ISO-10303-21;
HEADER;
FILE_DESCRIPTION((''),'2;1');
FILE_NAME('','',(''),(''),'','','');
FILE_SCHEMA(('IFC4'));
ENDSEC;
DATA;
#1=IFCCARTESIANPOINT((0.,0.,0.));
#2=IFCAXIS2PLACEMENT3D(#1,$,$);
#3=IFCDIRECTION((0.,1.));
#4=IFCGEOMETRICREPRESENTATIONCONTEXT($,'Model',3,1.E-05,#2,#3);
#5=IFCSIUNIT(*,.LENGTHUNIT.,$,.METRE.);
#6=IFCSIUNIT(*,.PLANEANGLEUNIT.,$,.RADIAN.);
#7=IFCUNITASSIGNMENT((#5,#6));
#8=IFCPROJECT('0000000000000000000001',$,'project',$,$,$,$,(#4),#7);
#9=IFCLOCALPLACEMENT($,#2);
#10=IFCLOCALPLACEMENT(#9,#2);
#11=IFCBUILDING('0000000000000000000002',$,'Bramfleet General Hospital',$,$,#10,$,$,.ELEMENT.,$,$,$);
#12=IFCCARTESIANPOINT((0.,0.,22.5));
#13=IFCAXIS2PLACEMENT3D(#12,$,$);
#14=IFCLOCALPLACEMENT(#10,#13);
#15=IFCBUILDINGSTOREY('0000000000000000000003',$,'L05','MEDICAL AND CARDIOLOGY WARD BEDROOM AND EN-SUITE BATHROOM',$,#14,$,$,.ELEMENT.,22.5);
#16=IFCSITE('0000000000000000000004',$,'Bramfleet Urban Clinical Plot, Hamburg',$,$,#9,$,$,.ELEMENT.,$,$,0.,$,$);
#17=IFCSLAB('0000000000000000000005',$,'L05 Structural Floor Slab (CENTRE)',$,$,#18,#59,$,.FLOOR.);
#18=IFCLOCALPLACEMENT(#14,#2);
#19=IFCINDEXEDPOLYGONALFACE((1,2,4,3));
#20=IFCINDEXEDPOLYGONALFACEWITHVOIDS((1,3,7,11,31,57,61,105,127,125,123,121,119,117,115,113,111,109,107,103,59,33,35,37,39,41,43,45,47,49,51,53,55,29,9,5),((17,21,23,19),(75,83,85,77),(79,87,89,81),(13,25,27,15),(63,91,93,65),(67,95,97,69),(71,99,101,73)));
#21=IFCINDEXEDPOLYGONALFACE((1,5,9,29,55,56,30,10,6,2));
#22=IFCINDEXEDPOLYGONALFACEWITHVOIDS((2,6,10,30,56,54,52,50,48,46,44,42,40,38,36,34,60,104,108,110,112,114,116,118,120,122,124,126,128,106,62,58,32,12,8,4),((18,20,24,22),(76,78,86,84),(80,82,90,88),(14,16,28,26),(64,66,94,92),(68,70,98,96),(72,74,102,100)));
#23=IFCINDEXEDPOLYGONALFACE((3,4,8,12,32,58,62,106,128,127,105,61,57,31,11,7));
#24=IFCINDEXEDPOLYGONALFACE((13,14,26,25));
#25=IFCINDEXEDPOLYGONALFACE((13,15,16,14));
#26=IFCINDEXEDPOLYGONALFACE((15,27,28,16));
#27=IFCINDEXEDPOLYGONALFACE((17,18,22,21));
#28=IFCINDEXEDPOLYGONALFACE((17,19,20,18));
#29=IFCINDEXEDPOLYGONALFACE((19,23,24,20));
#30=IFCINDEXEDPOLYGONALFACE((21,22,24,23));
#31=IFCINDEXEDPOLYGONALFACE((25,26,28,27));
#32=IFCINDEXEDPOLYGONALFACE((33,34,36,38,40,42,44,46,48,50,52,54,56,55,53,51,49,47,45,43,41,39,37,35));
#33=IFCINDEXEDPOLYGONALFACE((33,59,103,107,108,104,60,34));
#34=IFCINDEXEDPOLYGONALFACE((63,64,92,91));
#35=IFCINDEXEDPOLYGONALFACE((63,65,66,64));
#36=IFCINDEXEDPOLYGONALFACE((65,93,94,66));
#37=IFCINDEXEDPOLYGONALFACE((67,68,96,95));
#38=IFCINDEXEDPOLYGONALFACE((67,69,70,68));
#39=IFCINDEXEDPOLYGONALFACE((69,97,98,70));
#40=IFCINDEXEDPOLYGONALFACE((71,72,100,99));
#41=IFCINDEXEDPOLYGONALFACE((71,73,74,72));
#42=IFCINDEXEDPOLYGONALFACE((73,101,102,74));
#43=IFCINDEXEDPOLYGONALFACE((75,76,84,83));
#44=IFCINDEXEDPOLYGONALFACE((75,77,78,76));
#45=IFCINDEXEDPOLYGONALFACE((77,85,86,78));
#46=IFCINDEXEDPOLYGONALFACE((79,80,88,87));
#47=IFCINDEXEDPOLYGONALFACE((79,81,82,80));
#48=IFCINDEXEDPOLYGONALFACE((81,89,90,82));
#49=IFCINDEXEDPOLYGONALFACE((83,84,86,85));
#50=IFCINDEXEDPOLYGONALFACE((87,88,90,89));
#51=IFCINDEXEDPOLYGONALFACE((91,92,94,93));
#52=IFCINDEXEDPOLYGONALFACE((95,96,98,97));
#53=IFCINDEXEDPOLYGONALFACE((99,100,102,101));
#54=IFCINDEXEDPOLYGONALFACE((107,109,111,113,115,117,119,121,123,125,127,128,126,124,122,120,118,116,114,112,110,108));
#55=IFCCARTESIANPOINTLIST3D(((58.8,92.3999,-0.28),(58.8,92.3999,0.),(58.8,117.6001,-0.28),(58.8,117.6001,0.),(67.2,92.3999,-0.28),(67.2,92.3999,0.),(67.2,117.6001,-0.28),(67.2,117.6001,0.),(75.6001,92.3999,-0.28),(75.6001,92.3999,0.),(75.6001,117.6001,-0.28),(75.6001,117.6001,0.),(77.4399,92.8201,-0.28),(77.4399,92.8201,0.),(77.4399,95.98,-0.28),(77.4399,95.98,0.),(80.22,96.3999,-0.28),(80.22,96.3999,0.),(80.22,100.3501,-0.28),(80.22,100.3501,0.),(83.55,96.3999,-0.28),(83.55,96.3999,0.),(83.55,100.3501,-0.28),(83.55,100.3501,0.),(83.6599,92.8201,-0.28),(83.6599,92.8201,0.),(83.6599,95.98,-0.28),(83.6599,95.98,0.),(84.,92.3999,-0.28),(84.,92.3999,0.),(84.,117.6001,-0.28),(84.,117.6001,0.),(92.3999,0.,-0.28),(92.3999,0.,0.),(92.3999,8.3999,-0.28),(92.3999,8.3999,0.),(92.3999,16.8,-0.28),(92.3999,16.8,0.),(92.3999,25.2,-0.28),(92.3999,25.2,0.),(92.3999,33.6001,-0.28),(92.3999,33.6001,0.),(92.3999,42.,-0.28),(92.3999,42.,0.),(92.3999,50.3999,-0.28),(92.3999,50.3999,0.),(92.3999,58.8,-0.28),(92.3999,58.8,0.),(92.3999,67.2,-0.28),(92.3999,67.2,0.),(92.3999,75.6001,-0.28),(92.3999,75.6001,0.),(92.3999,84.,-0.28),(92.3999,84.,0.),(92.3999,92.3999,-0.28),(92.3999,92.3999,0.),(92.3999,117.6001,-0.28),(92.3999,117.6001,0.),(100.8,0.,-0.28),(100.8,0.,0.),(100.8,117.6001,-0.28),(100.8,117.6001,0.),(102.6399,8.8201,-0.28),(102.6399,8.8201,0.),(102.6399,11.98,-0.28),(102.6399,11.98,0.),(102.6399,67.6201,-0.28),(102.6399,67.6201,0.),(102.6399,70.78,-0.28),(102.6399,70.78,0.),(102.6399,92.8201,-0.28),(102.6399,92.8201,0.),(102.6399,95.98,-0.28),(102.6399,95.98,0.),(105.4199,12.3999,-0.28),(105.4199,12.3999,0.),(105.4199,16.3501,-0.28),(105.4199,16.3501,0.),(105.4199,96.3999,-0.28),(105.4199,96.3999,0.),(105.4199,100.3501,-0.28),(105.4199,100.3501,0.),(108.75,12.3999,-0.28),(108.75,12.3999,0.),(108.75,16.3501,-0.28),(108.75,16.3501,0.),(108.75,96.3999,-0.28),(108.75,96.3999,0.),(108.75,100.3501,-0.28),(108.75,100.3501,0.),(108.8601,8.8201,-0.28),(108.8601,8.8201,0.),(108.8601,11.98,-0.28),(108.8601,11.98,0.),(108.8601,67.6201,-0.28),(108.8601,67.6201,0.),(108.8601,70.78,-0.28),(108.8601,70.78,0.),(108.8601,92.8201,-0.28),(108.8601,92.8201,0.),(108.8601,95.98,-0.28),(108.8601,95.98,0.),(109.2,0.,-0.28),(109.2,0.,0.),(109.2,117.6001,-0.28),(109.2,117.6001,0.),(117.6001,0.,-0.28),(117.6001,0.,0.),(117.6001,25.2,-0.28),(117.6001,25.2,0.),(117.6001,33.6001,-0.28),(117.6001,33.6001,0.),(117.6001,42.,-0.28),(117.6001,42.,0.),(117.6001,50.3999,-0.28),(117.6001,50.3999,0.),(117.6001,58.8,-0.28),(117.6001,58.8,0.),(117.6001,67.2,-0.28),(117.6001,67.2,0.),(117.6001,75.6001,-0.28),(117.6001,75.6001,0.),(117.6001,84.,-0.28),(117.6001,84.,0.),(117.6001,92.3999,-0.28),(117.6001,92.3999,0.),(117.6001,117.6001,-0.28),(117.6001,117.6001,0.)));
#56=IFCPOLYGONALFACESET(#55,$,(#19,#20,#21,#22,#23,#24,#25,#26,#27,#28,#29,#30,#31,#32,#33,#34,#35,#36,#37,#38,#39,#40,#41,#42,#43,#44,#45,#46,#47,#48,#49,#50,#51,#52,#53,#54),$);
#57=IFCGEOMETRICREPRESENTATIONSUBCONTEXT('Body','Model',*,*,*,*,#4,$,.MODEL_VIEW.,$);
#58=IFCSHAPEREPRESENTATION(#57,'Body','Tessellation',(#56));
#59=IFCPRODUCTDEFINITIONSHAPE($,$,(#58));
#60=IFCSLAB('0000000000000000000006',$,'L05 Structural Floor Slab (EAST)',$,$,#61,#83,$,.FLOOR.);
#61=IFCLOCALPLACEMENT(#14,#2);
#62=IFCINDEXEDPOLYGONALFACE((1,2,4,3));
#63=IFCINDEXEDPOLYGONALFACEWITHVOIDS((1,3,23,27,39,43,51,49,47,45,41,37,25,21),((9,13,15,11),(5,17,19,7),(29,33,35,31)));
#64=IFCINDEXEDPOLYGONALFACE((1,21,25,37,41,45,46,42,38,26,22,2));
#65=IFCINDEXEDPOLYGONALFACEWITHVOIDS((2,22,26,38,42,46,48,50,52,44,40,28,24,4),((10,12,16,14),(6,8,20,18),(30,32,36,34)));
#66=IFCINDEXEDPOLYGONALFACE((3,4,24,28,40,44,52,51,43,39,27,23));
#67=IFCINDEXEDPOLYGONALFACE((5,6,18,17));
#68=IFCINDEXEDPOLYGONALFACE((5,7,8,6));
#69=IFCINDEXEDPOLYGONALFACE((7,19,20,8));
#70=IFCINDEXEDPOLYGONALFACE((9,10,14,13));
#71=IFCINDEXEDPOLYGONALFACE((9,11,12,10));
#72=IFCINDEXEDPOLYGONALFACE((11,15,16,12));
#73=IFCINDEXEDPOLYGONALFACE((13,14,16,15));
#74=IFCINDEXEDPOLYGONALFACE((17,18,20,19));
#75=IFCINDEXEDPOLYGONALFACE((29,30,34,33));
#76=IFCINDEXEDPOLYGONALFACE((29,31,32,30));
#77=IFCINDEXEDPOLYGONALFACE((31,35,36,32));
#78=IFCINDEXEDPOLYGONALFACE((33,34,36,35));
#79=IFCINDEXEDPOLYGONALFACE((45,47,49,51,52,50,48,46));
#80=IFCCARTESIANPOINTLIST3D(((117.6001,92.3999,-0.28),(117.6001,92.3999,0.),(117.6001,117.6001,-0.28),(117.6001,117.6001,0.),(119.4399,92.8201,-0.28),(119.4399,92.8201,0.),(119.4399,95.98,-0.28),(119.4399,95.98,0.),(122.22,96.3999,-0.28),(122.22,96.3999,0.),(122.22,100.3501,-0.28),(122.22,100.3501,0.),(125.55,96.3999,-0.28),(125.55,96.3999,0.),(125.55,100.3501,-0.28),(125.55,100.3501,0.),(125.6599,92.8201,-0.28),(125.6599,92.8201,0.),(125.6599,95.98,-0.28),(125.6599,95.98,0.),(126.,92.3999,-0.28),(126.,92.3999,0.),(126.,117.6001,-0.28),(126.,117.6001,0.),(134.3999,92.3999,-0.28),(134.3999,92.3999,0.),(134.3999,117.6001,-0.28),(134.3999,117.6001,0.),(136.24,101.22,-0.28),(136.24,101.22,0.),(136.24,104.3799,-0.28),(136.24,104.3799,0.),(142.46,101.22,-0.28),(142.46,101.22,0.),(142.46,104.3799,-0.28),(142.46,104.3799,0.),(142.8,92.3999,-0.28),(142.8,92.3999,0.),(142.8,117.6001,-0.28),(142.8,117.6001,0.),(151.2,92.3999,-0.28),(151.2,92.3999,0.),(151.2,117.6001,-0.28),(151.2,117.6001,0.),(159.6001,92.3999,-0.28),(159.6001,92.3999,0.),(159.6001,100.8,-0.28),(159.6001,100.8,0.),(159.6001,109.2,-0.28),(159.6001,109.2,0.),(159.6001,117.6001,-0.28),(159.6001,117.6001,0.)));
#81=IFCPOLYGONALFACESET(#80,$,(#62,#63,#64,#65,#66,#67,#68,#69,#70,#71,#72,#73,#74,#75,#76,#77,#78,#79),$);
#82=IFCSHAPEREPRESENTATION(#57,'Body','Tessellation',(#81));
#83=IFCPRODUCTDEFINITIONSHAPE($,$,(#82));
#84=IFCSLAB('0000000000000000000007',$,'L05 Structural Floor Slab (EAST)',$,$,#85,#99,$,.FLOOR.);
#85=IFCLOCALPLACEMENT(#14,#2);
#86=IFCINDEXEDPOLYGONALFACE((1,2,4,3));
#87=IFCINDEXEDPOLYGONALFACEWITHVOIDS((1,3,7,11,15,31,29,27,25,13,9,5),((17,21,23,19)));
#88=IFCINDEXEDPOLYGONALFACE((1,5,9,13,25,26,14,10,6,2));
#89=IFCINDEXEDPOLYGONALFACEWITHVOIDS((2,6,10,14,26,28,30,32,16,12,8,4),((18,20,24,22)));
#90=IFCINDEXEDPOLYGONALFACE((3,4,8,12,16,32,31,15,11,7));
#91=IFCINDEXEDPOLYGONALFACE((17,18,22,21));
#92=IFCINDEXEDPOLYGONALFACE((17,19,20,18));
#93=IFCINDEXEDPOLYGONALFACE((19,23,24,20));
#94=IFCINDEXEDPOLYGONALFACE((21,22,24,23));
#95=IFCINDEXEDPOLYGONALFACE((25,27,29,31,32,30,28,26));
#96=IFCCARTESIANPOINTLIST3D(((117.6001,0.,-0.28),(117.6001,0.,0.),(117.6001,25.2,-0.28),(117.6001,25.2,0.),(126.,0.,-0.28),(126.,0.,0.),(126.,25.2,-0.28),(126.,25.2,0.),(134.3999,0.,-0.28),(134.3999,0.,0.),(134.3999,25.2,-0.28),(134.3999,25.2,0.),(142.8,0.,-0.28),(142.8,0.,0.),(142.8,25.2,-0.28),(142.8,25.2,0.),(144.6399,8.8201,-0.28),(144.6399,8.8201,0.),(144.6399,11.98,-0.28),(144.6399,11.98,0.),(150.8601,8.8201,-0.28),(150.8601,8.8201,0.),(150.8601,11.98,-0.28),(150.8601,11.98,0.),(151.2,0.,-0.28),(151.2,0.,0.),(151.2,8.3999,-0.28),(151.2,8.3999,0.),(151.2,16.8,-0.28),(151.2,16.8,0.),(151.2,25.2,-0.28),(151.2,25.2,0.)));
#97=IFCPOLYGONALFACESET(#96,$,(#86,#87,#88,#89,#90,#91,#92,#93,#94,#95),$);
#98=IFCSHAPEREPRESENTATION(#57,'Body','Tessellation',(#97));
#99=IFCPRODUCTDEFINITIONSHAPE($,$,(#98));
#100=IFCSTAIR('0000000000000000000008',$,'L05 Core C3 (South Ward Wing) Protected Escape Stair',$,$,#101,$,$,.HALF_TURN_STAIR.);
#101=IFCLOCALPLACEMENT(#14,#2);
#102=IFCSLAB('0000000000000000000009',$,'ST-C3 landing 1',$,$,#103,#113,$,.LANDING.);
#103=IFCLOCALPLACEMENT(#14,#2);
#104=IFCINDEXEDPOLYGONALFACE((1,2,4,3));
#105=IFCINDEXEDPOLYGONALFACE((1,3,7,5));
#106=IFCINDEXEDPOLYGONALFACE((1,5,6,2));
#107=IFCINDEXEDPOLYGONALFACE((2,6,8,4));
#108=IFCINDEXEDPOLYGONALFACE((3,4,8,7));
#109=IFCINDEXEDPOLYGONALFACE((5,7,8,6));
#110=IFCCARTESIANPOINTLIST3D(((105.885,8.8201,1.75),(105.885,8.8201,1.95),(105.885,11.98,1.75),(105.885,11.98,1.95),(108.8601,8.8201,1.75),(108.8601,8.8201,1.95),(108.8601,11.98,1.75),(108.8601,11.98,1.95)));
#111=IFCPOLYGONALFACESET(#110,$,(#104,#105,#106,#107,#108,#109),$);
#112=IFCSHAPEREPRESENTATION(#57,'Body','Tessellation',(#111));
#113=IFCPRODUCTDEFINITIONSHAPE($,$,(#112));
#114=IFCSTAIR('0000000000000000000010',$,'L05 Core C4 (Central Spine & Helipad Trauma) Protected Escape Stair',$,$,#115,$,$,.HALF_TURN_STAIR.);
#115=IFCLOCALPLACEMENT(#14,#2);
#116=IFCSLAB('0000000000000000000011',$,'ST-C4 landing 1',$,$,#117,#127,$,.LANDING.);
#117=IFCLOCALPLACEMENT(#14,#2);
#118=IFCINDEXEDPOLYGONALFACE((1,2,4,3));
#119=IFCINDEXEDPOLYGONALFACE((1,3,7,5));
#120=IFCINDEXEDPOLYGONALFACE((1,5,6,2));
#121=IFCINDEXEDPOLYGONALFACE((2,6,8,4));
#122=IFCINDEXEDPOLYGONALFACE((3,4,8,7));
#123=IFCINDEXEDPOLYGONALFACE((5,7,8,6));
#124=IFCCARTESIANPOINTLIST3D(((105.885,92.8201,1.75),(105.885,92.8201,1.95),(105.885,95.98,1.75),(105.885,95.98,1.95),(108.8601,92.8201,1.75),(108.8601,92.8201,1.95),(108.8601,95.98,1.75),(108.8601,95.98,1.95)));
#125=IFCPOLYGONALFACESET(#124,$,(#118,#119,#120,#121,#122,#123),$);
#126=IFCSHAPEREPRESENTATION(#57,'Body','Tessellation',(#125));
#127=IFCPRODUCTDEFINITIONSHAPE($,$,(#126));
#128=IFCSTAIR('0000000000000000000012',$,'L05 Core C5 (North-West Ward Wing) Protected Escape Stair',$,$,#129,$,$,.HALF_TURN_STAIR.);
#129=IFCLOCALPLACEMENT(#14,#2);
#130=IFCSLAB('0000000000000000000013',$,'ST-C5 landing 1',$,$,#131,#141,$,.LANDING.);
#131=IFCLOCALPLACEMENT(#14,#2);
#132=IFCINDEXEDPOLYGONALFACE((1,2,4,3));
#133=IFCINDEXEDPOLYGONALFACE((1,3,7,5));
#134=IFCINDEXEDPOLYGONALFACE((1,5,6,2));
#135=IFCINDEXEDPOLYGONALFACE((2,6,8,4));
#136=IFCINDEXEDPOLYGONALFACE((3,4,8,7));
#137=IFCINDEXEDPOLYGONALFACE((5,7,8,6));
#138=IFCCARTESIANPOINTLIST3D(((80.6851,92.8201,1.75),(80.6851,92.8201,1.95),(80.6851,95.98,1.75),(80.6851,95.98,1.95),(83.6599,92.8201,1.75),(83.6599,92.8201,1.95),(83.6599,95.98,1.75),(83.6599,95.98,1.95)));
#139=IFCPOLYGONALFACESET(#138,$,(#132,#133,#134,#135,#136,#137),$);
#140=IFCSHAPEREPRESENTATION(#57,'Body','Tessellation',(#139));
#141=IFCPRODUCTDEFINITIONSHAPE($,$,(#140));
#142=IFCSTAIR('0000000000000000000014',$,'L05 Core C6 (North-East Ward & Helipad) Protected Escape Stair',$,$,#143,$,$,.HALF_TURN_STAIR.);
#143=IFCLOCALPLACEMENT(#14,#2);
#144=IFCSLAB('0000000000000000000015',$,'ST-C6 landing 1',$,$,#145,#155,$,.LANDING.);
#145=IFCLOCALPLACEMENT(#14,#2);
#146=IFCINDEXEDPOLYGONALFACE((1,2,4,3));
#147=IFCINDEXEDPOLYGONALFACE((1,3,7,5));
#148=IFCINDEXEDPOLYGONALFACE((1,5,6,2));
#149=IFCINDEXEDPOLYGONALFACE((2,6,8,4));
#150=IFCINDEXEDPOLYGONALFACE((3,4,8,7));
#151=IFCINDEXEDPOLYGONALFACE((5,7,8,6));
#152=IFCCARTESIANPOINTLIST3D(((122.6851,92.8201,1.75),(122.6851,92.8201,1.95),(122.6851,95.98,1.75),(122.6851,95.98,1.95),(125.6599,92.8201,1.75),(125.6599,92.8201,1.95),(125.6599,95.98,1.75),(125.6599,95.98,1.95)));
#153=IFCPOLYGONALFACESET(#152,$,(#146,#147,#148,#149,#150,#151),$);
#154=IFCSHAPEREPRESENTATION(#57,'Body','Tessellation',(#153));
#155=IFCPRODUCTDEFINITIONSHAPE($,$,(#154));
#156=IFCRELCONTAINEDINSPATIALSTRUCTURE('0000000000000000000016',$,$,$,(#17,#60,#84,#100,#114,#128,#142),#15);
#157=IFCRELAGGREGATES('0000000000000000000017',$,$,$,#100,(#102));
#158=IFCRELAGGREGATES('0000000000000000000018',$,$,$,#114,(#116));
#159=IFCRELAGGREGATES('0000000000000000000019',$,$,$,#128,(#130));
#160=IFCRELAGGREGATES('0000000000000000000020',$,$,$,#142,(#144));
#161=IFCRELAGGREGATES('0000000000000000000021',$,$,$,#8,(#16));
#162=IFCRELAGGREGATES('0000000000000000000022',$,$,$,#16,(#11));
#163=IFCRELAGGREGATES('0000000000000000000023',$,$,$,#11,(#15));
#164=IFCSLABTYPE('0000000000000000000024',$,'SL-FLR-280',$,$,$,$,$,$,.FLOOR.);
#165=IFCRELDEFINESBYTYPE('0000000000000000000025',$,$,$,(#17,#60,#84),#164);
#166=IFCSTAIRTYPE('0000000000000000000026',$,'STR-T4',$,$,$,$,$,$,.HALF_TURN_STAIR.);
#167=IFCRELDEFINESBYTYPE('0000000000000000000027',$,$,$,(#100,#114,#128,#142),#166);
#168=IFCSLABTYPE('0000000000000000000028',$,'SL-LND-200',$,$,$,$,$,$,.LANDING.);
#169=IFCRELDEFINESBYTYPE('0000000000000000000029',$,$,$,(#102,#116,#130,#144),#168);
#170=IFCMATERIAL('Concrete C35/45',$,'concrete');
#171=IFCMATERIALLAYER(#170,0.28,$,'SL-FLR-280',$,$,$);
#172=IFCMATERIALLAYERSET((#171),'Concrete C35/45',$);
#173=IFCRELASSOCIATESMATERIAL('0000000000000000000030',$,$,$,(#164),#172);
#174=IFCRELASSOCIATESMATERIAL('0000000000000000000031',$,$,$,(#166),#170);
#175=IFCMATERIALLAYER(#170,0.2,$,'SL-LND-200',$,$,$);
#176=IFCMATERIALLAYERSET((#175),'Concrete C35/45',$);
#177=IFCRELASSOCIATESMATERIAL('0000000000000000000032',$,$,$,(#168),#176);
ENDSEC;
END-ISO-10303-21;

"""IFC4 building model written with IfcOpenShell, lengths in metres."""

from ifc_helpers import new_model, si_unit, direction, frame, origin, place, context, subcontext, project, spatial, polyline, outline, extrude, material, layer, layer_set, type_object, element, aggregate, save


model = new_model("IFC4")

# Units and contexts
model_context = context("Model", 3, precision=1e-05, world=origin(), true_north=direction((0.0, 1.0)))
body_context = subcontext(model_context, "Body", "Model", "MODEL_VIEW")
ifc_project = project(units=[si_unit("LENGTHUNIT", "METRE"), si_unit("PLANEANGLEUNIT", "RADIAN")], contexts=[model_context])

# Site, building, storey
site_placement = place(None, origin())
site = spatial("IfcSite", under=ifc_project, at=site_placement, Name="Bramfleet Urban Clinical Plot, Hamburg", CompositionType="ELEMENT", RefElevation=0.0)
building_placement = place(site_placement, origin())
building = spatial("IfcBuilding", under=site, at=building_placement, Name="Bramfleet General Hospital", CompositionType="ELEMENT")
storey_placement = place(building_placement, frame((0.0, 0.0, 22.5)))
storey = spatial("IfcBuildingStorey", under=building, at=storey_placement, Name="L05", Description="MEDICAL AND CARDIOLOGY WARD BEDROOM AND EN-SUITE BATHROOM", CompositionType="ELEMENT", Elevation=22.5)

# Slabs
ifc_material_1 = material(Name="Concrete C35/45", Category="concrete")
ifc_layer_1 = layer(ifc_material_1, 0.28, Name="SL-FLR-280")
ifc_layer_set_1 = layer_set([ifc_layer_1], Name="Concrete C35/45")
slab_type_1 = type_object("IfcSlabType", Name="SL-FLR-280", PredefinedType="FLOOR", material=ifc_layer_set_1)
slab_1_placement = place(storey_placement, frame((0.0, 0.0, -0.28)))
element("IfcSlab", 1, at=slab_1_placement, inside=storey, type_object=slab_type_1, Name="L05 Structural Floor Slab (CENTRE)", PredefinedType="FLOOR", context=body_context, shape_type="SweptSolid", body=[
    extrude(outline(polyline([(92.3999, 50.3999), (92.3999, 58.8), (92.3999, 67.2), (92.3999, 75.6001), (92.3999, 84.0), (92.3999, 92.3999), (84.0, 92.3999), (75.6001, 92.3999), (67.2, 92.3999), (58.8, 92.3999), (58.8, 117.6001), (67.2, 117.6001), (75.6001, 117.6001), (84.0, 117.6001), (92.3999, 117.6001), (100.8, 117.6001), (109.2, 117.6001), (117.6001, 117.6001), (117.6001, 92.3999), (117.6001, 84.0), (117.6001, 75.6001), (117.6001, 67.2), (117.6001, 58.8), (117.6001, 50.3999), (117.6001, 42.0), (117.6001, 33.6001), (117.6001, 25.2), (117.6001, 0.0), (109.2, 0.0), (100.8, 0.0), (92.3999, 0.0), (92.3999, 8.3999), (92.3999, 16.8), (92.3999, 25.2), (92.3999, 33.6001), (92.3999, 42.0), (92.3999, 50.3999)]), holes=[polyline([(102.6399, 8.8201), (108.8601, 8.8201), (108.8601, 11.98), (102.6399, 11.98), (102.6399, 8.8201)]), polyline([(105.4199, 12.3999), (108.75, 12.3999), (108.75, 16.3501), (105.4199, 16.3501), (105.4199, 12.3999)]), polyline([(102.6399, 92.8201), (108.8601, 92.8201), (108.8601, 95.98), (102.6399, 95.98), (102.6399, 92.8201)]), polyline([(105.4199, 96.3999), (108.75, 96.3999), (108.75, 100.3501), (105.4199, 100.3501), (105.4199, 96.3999)]), polyline([(77.4399, 92.8201), (83.6599, 92.8201), (83.6599, 95.98), (77.4399, 95.98), (77.4399, 92.8201)]), polyline([(80.22, 96.3999), (83.55, 96.3999), (83.55, 100.3501), (80.22, 100.3501), (80.22, 96.3999)]), polyline([(102.6399, 67.6201), (108.8601, 67.6201), (108.8601, 70.78), (102.6399, 70.78), (102.6399, 67.6201)])]), origin(), (0.0, 0.0, 1.0), 0.28),
])
slab_2_placement = place(storey_placement, frame((0.0, 0.0, -0.28)))
element("IfcSlab", 2, at=slab_2_placement, inside=storey, type_object=slab_type_1, Name="L05 Structural Floor Slab (EAST)", PredefinedType="FLOOR", context=body_context, shape_type="SweptSolid", body=[
    extrude(outline(polyline([(126.0, 117.6001), (134.3999, 117.6001), (142.8, 117.6001), (151.2, 117.6001), (159.6001, 117.6001), (159.6001, 109.2), (159.6001, 100.8), (159.6001, 92.3999), (151.2, 92.3999), (142.8, 92.3999), (134.3999, 92.3999), (126.0, 92.3999), (117.6001, 92.3999), (117.6001, 117.6001), (126.0, 117.6001)]), holes=[polyline([(119.4399, 92.8201), (125.6599, 92.8201), (125.6599, 95.98), (119.4399, 95.98), (119.4399, 92.8201)]), polyline([(122.22, 96.3999), (125.55, 96.3999), (125.55, 100.3501), (122.22, 100.3501), (122.22, 96.3999)]), polyline([(136.24, 101.22), (142.46, 101.22), (142.46, 104.3799), (136.24, 104.3799), (136.24, 101.22)])]), origin(), (0.0, 0.0, 1.0), 0.28),
])
slab_3_placement = place(storey_placement, frame((0.0, 0.0, -0.28)))
element("IfcSlab", 3, at=slab_3_placement, inside=storey, type_object=slab_type_1, Name="L05 Structural Floor Slab (EAST)", PredefinedType="FLOOR", context=body_context, shape_type="SweptSolid", body=[
    extrude(outline(polyline([(126.0, 25.2), (134.3999, 25.2), (142.8, 25.2), (151.2, 25.2), (151.2, 16.8), (151.2, 8.3999), (151.2, 0.0), (142.8, 0.0), (134.3999, 0.0), (126.0, 0.0), (117.6001, 0.0), (117.6001, 25.2), (126.0, 25.2)]), holes=[polyline([(144.6399, 8.8201), (150.8601, 8.8201), (150.8601, 11.98), (144.6399, 11.98), (144.6399, 8.8201)])]), origin(), (0.0, 0.0, 1.0), 0.28),
])

# Stairs, slabs
stair_type = type_object("IfcStairType", Name="STR-T4", PredefinedType="HALF_TURN_STAIR", material=ifc_material_1)
stair_1_placement = place(storey_placement, origin())
stair_1 = element("IfcStair", 4, at=stair_1_placement, inside=storey, type_object=stair_type, Name="L05 Core C3 (South Ward Wing) Protected Escape Stair", PredefinedType="HALF_TURN_STAIR")
ifc_layer_2 = layer(ifc_material_1, 0.2, Name="SL-LND-200")
ifc_layer_set_2 = layer_set([ifc_layer_2], Name="Concrete C35/45")
slab_type_2 = type_object("IfcSlabType", Name="SL-LND-200", PredefinedType="LANDING", material=ifc_layer_set_2)
slab_4_placement = place(storey_placement, frame((0.0, 0.0, 1.75)))
slab_4 = element("IfcSlab", 5, at=slab_4_placement, type_object=slab_type_2, Name="ST-C3 landing 1", PredefinedType="LANDING", context=body_context, shape_type="SweptSolid", body=[
    extrude(outline(polyline([(105.885, 8.8201), (108.8601, 8.8201), (108.8601, 11.98), (105.885, 11.98), (105.885, 8.8201)])), origin(), (0.0, 0.0, 1.0), 0.2),
])
aggregate(stair_1, [slab_4])
stair_2_placement = place(storey_placement, origin())
stair_2 = element("IfcStair", 6, at=stair_2_placement, inside=storey, type_object=stair_type, Name="L05 Core C4 (Central Spine & Helipad Trauma) Protected Escape Stair", PredefinedType="HALF_TURN_STAIR")
slab_5_placement = place(storey_placement, frame((0.0, 0.0, 1.75)))
slab_5 = element("IfcSlab", 7, at=slab_5_placement, type_object=slab_type_2, Name="ST-C4 landing 1", PredefinedType="LANDING", context=body_context, shape_type="SweptSolid", body=[
    extrude(outline(polyline([(105.885, 92.8201), (108.8601, 92.8201), (108.8601, 95.98), (105.885, 95.98), (105.885, 92.8201)])), origin(), (0.0, 0.0, 1.0), 0.2),
])
aggregate(stair_2, [slab_5])
stair_3_placement = place(storey_placement, origin())
stair_3 = element("IfcStair", 8, at=stair_3_placement, inside=storey, type_object=stair_type, Name="L05 Core C5 (North-West Ward Wing) Protected Escape Stair", PredefinedType="HALF_TURN_STAIR")
slab_6_placement = place(storey_placement, frame((0.0, 0.0, 1.75)))
slab_6 = element("IfcSlab", 9, at=slab_6_placement, type_object=slab_type_2, Name="ST-C5 landing 1", PredefinedType="LANDING", context=body_context, shape_type="SweptSolid", body=[
    extrude(outline(polyline([(80.6851, 92.8201), (83.6599, 92.8201), (83.6599, 95.98), (80.6851, 95.98), (80.6851, 92.8201)])), origin(), (0.0, 0.0, 1.0), 0.2),
])
aggregate(stair_3, [slab_6])
stair_4_placement = place(storey_placement, origin())
stair_4 = element("IfcStair", 10, at=stair_4_placement, inside=storey, type_object=stair_type, Name="L05 Core C6 (North-East Ward & Helipad) Protected Escape Stair", PredefinedType="HALF_TURN_STAIR")
slab_7_placement = place(storey_placement, frame((0.0, 0.0, 1.75)))
slab_7 = element("IfcSlab", 11, at=slab_7_placement, type_object=slab_type_2, Name="ST-C6 landing 1", PredefinedType="LANDING", context=body_context, shape_type="SweptSolid", body=[
    extrude(outline(polyline([(122.6851, 92.8201), (125.6599, 92.8201), (125.6599, 95.98), (122.6851, 95.98), (122.6851, 92.8201)])), origin(), (0.0, 0.0, 1.0), 0.2),
])
aggregate(stair_4, [slab_7])

save(model, "model.ifc")
